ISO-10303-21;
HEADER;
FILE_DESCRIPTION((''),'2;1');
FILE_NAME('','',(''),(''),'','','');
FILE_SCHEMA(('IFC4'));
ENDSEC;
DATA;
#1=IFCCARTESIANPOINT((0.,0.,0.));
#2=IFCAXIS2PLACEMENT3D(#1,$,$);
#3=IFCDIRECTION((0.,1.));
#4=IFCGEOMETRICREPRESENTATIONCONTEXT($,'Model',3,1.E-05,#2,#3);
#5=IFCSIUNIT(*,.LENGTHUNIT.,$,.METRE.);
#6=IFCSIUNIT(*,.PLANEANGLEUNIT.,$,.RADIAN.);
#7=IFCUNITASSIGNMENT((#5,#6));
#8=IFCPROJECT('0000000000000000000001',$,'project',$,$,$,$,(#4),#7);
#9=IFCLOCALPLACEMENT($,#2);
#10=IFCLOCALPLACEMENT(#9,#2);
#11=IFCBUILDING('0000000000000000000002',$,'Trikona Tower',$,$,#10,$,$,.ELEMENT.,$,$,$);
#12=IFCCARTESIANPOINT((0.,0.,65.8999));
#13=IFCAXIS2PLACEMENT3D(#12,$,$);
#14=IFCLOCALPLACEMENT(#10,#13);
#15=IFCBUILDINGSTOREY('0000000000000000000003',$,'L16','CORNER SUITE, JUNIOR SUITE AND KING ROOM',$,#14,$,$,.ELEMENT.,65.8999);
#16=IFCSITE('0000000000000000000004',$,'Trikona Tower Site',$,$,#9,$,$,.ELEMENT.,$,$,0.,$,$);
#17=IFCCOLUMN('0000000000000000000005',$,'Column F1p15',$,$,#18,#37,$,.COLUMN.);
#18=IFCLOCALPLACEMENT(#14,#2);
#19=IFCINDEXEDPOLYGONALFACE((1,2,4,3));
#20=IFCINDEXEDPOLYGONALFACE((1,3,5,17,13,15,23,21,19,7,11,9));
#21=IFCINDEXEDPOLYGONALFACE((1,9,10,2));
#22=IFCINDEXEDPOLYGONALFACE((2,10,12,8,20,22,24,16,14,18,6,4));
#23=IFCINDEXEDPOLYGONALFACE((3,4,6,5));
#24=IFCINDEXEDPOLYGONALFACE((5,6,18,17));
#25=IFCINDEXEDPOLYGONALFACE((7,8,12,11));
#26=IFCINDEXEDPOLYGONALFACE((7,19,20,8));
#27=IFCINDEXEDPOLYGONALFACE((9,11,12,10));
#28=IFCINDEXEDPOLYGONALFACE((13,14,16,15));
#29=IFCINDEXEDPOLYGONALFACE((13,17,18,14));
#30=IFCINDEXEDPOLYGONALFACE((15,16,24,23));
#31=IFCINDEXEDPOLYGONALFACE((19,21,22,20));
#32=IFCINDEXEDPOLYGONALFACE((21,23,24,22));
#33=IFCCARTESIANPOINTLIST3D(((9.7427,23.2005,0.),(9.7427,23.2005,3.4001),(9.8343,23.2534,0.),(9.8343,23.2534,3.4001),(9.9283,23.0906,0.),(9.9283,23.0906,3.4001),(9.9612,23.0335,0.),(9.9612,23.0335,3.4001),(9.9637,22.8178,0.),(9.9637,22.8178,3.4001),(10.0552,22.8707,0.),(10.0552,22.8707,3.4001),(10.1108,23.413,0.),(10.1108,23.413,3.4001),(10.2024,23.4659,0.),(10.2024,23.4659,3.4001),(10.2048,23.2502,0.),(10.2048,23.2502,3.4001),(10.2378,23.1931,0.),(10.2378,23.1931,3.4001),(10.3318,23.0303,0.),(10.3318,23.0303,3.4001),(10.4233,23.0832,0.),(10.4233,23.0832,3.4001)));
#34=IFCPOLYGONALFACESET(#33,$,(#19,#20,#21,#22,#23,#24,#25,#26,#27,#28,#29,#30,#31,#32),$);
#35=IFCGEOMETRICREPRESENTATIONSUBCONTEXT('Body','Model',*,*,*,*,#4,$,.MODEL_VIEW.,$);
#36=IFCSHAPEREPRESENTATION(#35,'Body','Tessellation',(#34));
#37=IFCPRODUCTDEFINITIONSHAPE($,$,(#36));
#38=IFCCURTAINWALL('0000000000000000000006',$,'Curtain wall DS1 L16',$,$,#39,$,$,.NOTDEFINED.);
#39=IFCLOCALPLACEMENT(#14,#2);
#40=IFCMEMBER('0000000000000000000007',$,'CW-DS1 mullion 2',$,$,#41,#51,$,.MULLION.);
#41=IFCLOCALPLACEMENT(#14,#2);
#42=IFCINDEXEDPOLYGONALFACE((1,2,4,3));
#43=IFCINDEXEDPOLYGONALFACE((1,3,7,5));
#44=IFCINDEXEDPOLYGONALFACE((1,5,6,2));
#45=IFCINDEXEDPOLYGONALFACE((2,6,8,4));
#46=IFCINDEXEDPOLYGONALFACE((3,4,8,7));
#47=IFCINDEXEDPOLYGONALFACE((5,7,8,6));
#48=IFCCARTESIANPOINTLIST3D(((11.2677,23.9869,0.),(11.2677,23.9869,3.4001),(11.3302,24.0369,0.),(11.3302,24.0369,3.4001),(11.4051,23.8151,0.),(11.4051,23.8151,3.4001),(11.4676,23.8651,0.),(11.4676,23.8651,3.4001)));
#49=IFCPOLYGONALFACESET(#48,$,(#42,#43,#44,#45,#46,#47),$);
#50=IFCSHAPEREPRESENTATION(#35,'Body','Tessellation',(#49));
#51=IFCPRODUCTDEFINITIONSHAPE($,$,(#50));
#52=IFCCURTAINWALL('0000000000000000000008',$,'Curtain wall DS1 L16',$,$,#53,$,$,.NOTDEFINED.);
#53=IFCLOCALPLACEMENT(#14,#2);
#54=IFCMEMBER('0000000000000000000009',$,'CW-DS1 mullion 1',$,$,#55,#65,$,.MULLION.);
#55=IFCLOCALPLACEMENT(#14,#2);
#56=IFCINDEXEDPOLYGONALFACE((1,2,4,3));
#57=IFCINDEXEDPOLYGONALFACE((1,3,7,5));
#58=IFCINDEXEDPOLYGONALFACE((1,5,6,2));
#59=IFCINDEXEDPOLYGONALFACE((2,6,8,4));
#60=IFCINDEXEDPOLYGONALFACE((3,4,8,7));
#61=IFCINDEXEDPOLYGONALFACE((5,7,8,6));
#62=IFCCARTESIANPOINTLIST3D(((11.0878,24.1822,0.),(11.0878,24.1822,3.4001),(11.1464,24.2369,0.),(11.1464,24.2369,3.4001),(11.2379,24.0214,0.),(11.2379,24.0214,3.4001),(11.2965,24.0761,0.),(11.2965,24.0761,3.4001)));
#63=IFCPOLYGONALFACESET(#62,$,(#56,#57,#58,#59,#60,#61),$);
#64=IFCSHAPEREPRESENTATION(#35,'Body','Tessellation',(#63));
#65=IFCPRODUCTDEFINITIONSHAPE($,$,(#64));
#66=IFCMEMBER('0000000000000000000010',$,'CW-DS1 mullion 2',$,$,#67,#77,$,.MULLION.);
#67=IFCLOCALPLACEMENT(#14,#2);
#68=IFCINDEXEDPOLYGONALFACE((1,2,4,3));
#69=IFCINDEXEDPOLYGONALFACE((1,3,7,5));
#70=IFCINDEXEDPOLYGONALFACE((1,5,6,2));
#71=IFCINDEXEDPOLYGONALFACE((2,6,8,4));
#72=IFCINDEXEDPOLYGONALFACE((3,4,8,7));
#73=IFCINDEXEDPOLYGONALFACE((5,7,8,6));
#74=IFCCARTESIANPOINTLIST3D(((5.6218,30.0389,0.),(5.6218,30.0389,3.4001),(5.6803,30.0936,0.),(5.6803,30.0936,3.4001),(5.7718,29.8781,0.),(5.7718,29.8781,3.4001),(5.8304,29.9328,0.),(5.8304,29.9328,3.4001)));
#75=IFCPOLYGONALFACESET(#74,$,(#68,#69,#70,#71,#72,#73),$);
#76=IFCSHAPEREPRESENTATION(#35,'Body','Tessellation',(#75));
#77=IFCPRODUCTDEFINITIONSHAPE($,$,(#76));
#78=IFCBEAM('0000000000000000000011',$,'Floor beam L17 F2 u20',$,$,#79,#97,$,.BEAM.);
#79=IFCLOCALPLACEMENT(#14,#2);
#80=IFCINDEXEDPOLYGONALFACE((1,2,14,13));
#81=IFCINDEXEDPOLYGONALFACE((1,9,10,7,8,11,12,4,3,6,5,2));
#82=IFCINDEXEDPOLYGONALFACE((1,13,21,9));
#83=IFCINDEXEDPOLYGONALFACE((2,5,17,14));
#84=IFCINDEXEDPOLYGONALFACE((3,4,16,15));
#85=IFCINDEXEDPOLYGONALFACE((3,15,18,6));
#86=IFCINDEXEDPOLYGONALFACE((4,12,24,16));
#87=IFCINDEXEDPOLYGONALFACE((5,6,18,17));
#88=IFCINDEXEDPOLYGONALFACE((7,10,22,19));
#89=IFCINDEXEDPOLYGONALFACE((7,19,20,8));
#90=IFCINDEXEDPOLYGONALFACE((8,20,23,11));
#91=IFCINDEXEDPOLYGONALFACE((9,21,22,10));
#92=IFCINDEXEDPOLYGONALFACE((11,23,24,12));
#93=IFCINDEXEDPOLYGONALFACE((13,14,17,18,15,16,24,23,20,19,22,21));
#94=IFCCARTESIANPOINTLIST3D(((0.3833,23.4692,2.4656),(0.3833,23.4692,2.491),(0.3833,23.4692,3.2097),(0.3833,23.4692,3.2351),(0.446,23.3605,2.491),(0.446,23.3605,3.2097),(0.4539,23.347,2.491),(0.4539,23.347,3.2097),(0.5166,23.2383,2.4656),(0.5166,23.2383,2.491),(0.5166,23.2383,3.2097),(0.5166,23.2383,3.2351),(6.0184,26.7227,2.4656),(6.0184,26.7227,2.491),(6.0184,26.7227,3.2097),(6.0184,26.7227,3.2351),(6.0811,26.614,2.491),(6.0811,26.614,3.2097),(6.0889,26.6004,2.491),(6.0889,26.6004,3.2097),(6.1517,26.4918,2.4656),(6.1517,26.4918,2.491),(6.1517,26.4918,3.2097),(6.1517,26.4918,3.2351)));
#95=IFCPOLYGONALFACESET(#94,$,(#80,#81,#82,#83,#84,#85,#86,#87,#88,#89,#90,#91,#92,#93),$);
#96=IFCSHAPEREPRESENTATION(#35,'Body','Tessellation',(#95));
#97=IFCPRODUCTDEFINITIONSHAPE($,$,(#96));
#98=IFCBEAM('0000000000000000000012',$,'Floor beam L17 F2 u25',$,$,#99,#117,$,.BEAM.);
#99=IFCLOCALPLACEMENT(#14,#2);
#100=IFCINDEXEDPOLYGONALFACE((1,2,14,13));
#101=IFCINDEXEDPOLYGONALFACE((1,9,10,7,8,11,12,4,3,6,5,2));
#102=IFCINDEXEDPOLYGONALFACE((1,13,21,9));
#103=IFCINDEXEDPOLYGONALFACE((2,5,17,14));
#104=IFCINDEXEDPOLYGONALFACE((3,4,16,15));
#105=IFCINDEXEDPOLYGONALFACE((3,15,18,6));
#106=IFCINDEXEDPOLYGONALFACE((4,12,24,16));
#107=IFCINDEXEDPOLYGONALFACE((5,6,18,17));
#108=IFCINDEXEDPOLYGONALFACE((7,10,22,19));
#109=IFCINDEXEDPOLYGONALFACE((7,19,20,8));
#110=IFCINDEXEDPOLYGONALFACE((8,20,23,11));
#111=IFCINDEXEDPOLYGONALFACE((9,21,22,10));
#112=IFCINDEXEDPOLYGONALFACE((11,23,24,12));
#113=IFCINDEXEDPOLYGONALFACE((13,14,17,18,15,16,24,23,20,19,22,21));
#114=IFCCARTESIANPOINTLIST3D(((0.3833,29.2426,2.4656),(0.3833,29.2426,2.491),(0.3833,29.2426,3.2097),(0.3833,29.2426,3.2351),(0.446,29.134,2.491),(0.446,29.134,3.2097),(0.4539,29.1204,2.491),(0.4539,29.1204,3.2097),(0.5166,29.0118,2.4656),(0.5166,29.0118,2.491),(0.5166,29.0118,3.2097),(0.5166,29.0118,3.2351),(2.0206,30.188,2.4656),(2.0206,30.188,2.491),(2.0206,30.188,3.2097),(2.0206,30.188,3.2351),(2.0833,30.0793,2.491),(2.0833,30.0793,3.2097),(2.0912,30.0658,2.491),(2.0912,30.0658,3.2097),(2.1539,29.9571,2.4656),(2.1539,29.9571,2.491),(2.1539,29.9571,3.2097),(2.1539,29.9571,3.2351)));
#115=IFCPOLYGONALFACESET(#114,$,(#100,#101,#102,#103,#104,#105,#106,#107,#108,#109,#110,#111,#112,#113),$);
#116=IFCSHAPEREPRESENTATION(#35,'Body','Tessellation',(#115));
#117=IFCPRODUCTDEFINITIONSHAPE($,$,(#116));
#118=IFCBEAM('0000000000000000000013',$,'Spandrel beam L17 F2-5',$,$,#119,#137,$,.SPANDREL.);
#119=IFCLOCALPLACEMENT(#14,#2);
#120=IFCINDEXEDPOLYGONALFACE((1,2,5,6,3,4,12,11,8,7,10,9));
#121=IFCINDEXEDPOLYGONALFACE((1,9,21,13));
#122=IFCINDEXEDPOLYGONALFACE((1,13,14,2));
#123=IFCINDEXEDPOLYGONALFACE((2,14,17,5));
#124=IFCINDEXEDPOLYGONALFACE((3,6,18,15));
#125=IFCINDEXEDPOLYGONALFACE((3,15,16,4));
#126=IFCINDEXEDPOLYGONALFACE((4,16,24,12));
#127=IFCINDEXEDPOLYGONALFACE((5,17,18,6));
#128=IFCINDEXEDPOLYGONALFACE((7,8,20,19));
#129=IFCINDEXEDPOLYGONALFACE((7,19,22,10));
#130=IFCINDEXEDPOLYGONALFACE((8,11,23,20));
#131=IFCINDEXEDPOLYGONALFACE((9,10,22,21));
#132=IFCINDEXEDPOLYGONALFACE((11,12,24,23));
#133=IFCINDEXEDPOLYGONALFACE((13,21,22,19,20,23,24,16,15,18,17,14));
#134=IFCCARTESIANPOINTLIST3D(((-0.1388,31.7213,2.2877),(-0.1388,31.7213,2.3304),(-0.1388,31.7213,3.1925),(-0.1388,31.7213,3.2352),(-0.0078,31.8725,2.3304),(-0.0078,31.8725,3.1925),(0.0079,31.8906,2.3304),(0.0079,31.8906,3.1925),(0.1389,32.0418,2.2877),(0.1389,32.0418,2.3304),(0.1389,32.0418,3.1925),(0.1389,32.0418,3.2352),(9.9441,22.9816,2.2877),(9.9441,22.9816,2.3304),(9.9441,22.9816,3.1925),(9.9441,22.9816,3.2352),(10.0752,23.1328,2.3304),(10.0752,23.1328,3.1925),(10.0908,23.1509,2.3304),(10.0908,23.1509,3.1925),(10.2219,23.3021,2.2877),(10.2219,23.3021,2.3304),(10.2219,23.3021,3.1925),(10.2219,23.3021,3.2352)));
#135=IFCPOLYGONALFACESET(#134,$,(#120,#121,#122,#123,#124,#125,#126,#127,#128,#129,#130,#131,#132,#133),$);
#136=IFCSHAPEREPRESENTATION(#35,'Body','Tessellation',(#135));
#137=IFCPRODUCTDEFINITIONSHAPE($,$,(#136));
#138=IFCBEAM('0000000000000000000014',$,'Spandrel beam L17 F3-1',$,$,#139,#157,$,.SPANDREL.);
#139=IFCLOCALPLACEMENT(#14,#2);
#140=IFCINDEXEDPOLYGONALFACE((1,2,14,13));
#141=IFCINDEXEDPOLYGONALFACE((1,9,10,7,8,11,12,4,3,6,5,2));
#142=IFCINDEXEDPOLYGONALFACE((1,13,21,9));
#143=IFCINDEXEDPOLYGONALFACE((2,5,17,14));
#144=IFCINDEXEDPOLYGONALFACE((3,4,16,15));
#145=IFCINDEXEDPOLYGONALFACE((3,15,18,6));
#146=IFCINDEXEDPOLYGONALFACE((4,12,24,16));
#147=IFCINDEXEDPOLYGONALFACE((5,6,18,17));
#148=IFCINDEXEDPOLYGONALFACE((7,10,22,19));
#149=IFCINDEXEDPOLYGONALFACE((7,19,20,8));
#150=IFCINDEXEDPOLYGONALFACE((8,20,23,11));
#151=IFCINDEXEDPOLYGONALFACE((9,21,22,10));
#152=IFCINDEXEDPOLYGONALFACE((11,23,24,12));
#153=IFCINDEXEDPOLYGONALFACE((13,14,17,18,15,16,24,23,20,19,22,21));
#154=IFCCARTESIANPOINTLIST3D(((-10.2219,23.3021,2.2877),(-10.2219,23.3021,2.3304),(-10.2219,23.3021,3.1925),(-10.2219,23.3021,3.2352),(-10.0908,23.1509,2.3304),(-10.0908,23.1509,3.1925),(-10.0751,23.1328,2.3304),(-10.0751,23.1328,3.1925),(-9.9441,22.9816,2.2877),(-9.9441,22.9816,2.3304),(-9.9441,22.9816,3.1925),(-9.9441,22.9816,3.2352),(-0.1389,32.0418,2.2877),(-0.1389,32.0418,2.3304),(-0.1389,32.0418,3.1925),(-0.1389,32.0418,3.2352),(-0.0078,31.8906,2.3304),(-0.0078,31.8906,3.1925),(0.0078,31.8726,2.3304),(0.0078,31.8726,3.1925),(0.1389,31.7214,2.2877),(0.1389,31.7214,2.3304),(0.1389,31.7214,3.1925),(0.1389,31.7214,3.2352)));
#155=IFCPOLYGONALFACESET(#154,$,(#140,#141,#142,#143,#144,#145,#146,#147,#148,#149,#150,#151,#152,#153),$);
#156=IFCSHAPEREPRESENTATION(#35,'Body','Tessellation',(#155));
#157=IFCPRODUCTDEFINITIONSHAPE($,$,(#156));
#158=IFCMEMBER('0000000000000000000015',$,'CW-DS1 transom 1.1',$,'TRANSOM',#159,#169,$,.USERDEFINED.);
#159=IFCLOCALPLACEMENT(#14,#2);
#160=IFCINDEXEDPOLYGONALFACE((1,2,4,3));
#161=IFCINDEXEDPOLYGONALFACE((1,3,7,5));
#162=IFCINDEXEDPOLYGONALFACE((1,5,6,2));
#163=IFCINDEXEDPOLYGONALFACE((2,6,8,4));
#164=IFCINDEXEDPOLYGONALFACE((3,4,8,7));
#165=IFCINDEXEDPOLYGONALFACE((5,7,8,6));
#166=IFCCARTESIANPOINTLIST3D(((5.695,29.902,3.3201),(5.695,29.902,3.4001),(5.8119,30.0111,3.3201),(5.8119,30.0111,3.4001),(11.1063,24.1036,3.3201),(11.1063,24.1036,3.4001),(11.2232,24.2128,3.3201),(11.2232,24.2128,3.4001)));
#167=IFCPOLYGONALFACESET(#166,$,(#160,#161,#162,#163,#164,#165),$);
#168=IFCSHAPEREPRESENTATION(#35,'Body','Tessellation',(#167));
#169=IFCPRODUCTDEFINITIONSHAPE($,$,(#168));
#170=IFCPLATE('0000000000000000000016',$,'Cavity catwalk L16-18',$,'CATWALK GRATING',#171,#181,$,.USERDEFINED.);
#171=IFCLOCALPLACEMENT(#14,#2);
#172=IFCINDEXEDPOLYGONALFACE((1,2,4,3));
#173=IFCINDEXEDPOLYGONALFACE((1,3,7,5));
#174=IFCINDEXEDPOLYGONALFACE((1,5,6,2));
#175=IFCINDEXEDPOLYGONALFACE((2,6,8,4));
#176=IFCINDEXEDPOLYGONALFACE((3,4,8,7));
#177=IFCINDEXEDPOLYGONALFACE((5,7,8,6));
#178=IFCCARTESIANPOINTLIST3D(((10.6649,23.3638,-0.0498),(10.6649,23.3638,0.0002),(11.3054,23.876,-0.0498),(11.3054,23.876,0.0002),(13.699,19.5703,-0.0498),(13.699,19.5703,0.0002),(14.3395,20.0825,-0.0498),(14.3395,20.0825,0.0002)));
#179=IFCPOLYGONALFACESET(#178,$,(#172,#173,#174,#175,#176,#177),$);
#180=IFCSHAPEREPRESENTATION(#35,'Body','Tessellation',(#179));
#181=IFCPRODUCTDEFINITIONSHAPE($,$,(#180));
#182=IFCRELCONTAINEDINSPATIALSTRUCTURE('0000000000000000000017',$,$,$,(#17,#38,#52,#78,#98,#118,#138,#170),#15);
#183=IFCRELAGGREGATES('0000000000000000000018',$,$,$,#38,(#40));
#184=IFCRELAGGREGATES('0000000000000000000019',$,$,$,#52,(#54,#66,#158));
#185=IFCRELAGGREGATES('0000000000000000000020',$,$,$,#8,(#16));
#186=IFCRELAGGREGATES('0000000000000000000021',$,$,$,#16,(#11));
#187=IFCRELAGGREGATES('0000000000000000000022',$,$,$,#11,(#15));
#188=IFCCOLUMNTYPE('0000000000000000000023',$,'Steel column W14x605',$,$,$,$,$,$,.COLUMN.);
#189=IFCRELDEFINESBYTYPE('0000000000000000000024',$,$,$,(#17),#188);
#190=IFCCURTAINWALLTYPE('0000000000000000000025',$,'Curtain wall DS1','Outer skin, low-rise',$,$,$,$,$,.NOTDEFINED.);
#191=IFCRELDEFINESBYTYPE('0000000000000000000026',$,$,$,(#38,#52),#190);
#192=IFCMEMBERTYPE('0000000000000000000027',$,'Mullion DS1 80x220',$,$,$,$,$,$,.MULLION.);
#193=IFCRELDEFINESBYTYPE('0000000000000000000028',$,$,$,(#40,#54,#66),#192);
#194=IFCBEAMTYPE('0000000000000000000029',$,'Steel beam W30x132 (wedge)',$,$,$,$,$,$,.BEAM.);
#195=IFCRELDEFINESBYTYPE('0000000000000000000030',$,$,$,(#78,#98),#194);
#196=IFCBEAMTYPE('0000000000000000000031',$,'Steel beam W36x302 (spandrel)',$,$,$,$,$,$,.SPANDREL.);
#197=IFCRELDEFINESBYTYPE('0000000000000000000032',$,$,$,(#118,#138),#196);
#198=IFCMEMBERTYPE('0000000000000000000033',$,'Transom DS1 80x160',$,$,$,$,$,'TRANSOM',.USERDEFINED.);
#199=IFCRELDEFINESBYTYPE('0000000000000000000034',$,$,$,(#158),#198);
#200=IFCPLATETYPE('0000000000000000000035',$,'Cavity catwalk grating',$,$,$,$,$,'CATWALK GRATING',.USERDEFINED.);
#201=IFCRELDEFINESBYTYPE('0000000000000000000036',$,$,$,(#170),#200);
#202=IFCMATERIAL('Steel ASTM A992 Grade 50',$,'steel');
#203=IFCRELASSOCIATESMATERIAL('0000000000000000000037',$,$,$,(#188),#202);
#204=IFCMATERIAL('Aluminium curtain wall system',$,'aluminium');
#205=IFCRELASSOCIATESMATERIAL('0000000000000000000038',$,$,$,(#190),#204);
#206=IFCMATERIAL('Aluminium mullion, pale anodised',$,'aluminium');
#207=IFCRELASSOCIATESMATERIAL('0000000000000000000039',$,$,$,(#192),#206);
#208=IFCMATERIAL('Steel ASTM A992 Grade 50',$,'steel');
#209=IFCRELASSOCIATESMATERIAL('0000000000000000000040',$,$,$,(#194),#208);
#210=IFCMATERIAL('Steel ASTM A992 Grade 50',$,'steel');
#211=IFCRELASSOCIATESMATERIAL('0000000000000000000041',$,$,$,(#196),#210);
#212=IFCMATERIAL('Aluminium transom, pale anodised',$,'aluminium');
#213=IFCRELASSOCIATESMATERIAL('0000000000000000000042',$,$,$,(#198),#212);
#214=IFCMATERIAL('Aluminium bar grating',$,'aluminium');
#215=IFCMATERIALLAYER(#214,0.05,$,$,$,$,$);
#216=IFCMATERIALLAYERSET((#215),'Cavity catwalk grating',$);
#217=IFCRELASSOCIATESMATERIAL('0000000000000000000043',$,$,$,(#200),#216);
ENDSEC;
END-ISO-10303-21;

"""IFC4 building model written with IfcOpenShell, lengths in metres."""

from ifc_helpers import new_model, si_unit, direction, frame, origin, origin_2d, place, context, subcontext, project, spatial, rectangle, i_section, extrude, material, layer, layer_set, material_profile, profile_set, type_object, element, aggregate, save


model = new_model("IFC4")

# Units and contexts
model_context = context("Model", 3, precision=1e-05, world=origin(), true_north=direction((0.0, 1.0)))
body_context = subcontext(model_context, "Body", "Model", "MODEL_VIEW")
ifc_project = project(units=[si_unit("LENGTHUNIT", "METRE"), si_unit("PLANEANGLEUNIT", "RADIAN")], contexts=[model_context])

# Site, building, storey
site_placement = place(None, origin())
site = spatial("IfcSite", under=ifc_project, at=site_placement, Name="Trikona Tower Site", CompositionType="ELEMENT", RefElevation=0.0)
building_placement = place(site_placement, origin())
building = spatial("IfcBuilding", under=site, at=building_placement, Name="Trikona Tower", CompositionType="ELEMENT")
storey_placement = place(building_placement, frame((0.0, 0.0, 65.8999)))
storey = spatial("IfcBuildingStorey", under=building, at=storey_placement, Name="L16", Description="CORNER SUITE, JUNIOR SUITE AND KING ROOM", CompositionType="ELEMENT", Elevation=65.8999)

# Column
ifc_material_1 = material(Name="Steel ASTM A992 Grade 50", Category="steel")
ifc_material_profile_1 = material_profile(ifc_material_1, i_section(OverallWidth=0.4419, OverallDepth=0.5308, WebThickness=0.0659, FlangeThickness=0.1057, at=origin_2d()), Name="W14X605")
ifc_profile_set_1 = profile_set([ifc_material_profile_1], Name="Steel ASTM A992 Grade 50")
column_type = type_object("IfcColumnType", Name="Steel column W14x605", PredefinedType="COLUMN", material=ifc_profile_set_1)
column_placement = place(storey_placement, frame((10.083, 23.1418, 0.0), z_axis=(0.0, 0.0, 1.0), x_axis=(-0.5, 0.866025, 0.0)))
element("IfcColumn", 1, at=column_placement, inside=storey, type_object=column_type, Name="Column F1p15", PredefinedType="COLUMN", context=body_context, shape_type="SweptSolid", body=[
    extrude(i_section(OverallWidth=0.4419, OverallDepth=0.5308, WebThickness=0.0659, FlangeThickness=0.1057, at=origin_2d()), origin(), (0.0, 0.0, 1.0), 3.4001),
])

# Curtain wall, member
ifc_material_2 = material(Name="Aluminium curtain wall system", Category="aluminium")
curtain_wall_type = type_object("IfcCurtainWallType", Name="Curtain wall DS1", Description="Outer skin, low-rise", PredefinedType="NOTDEFINED", material=ifc_material_2)
curtain_wall_1_placement = place(storey_placement, origin())
curtain_wall_1 = element("IfcCurtainWall", 2, at=curtain_wall_1_placement, inside=storey, type_object=curtain_wall_type, Name="Curtain wall DS1 L16", PredefinedType="NOTDEFINED")
ifc_material_3 = material(Name="Aluminium mullion, pale anodised", Category="aluminium")
ifc_material_profile_2 = material_profile(ifc_material_3, rectangle(XDim=0.0801, YDim=0.22, at=origin_2d()), Name="MUL-DS1")
ifc_profile_set_2 = profile_set([ifc_material_profile_2], Name="Aluminium mullion, pale anodised")
member_type_1 = type_object("IfcMemberType", Name="Mullion DS1 80x220", PredefinedType="MULLION", material=ifc_profile_set_2)
member_1_placement = place(storey_placement, frame((11.3677, 23.926, 0.0), z_axis=(0.0, 0.0, 1.0), x_axis=(-0.780938, -0.624609, 0.0)))
member_1 = element("IfcMember", 3, at=member_1_placement, type_object=member_type_1, Name="CW-DS1 mullion 2", PredefinedType="MULLION", context=body_context, shape_type="SweptSolid", body=[
    extrude(rectangle(XDim=0.0801, YDim=0.22, at=origin_2d()), origin(), (0.0, 0.0, 1.0), 3.4001),
])

# Curtain wall, members
curtain_wall_2_placement = place(storey_placement, origin())
curtain_wall_2 = element("IfcCurtainWall", 4, at=curtain_wall_2_placement, inside=storey, type_object=curtain_wall_type, Name="Curtain wall DS1 L16", PredefinedType="NOTDEFINED")
member_2_placement = place(storey_placement, frame((11.1921, 24.1292, 0.0), z_axis=(0.0, 0.0, 1.0), x_axis=(-0.731077, -0.682295, 0.0)))
member_2 = element("IfcMember", 5, at=member_2_placement, type_object=member_type_1, Name="CW-DS1 mullion 1", PredefinedType="MULLION", context=body_context, shape_type="SweptSolid", body=[
    extrude(rectangle(XDim=0.0801, YDim=0.22, at=origin_2d()), origin(), (0.0, 0.0, 1.0), 3.4001),
])
member_3_placement = place(storey_placement, frame((5.7261, 29.9858, 0.0), z_axis=(0.0, 0.0, 1.0), x_axis=(-0.731077, -0.682295, 0.0)))
member_3 = element("IfcMember", 6, at=member_3_placement, type_object=member_type_1, Name="CW-DS1 mullion 2", PredefinedType="MULLION", context=body_context, shape_type="SweptSolid", body=[
    extrude(rectangle(XDim=0.0801, YDim=0.22, at=origin_2d()), origin(), (0.0, 0.0, 1.0), 3.4001),
])

# Beams
ifc_material_4 = material(Name="Steel ASTM A992 Grade 50", Category="steel")
ifc_material_profile_3 = material_profile(ifc_material_4, i_section(OverallWidth=0.2666, OverallDepth=0.7695, WebThickness=0.0156, FlangeThickness=0.0254, at=origin_2d()), Name="W30X132")
ifc_profile_set_3 = profile_set([ifc_material_profile_3], Name="Steel ASTM A992 Grade 50")
beam_type_1 = type_object("IfcBeamType", Name="Steel beam W30x132 (wedge)", PredefinedType="BEAM", material=ifc_profile_set_3)
beam_1_placement = place(storey_placement, frame((0.45, 23.3538, 2.8503), z_axis=(0.866023, 0.500005, 0.0), x_axis=(-0.500005, 0.866023, 0.0)))
element("IfcBeam", 7, at=beam_1_placement, inside=storey, type_object=beam_type_1, Name="Floor beam L17 F2 u20", PredefinedType="BEAM", context=body_context, shape_type="SweptSolid", body=[
    extrude(i_section(OverallWidth=0.2666, OverallDepth=0.7695, WebThickness=0.0156, FlangeThickness=0.0254, at=origin_2d()), origin(), (0.0, 0.0, 1.0), 6.5068),
])
beam_2_placement = place(storey_placement, frame((0.45, 29.1272, 2.8503), z_axis=(0.866009, 0.500028, 0.0), x_axis=(-0.500028, 0.866009, 0.0)))
element("IfcBeam", 8, at=beam_2_placement, inside=storey, type_object=beam_type_1, Name="Floor beam L17 F2 u25", PredefinedType="BEAM", context=body_context, shape_type="SweptSolid", body=[
    extrude(i_section(OverallWidth=0.2666, OverallDepth=0.7695, WebThickness=0.0156, FlangeThickness=0.0254, at=origin_2d()), origin(), (0.0, 0.0, 1.0), 1.8906),
])
ifc_material_5 = material(Name="Steel ASTM A992 Grade 50", Category="steel")
ifc_material_profile_4 = material_profile(ifc_material_5, i_section(OverallWidth=0.4241, OverallDepth=0.9475, WebThickness=0.0239, FlangeThickness=0.0427, at=origin_2d()), Name="W36X302")
ifc_profile_set_4 = profile_set([ifc_material_profile_4], Name="Steel ASTM A992 Grade 50")
beam_type_2 = type_object("IfcBeamType", Name="Steel beam W36x302 (spandrel)", PredefinedType="SPANDREL", material=ifc_profile_set_4)
for number, where, z_axis, x_axis, name in (
    (9, (10.083, 23.1418, 2.7615), (-0.755647, 0.654979, 0.0), (-0.654979, -0.755647, 0.0), "Spandrel beam L17 F2-5"),
    (10, (0.0, 31.8816, 2.7615), (-0.755647, -0.654979, 0.0), (0.654979, -0.755647, 0.0), "Spandrel beam L17 F3-1"),
):
    element("IfcBeam", number, at=place(storey_placement, frame(where, z_axis=z_axis, x_axis=x_axis)), inside=storey, type_object=beam_type_2, Name=name, PredefinedType="SPANDREL", context=body_context, shape_type="SweptSolid", body=[
        extrude(i_section(OverallWidth=0.4241, OverallDepth=0.9475, WebThickness=0.0239, FlangeThickness=0.0427, at=origin_2d()), origin(), (0.0, 0.0, 1.0), 13.3435),
    ])

# Member
ifc_material_6 = material(Name="Aluminium transom, pale anodised", Category="aluminium")
ifc_material_profile_5 = material_profile(ifc_material_6, rectangle(XDim=0.1599, YDim=0.0801, at=origin_2d()), Name="TRN-DS1")
ifc_profile_set_5 = profile_set([ifc_material_profile_5], Name="Aluminium transom, pale anodised")
member_type_2 = type_object("IfcMemberType", Name="Transom DS1 80x160", ElementType="TRANSOM", PredefinedType="USERDEFINED", material=ifc_profile_set_5)
member_4_placement = place(storey_placement, frame((11.1648, 24.1582, 3.3601), z_axis=(-0.682291, 0.731081, 0.0), x_axis=(-0.731081, -0.682291, 0.0)))
member_4 = element("IfcMember", 11, at=member_4_placement, type_object=member_type_2, Name="CW-DS1 transom 1.1", ObjectType="TRANSOM", PredefinedType="USERDEFINED", context=body_context, shape_type="SweptSolid", body=[
    extrude(rectangle(XDim=0.1599, YDim=0.0801, at=origin_2d()), origin(), (0.0, 0.0, 1.0), 7.9312),
])

# Plate
ifc_material_7 = material(Name="Aluminium bar grating", Category="aluminium")
ifc_layer_1 = layer(ifc_material_7, 0.05)
ifc_layer_set_1 = layer_set([ifc_layer_1], Name="Cavity catwalk grating")
plate_type_1 = type_object("IfcPlateType", Name="Cavity catwalk grating", ElementType="CATWALK GRATING", PredefinedType="USERDEFINED", material=ifc_layer_set_1)
plate_1_placement = place(storey_placement, frame((12.5022, 21.7231, -0.0498), z_axis=(0.0, 0.0, 1.0), x_axis=(-0.624604, 0.780942, 0.0)))
element("IfcPlate", 12, at=plate_1_placement, inside=storey, type_object=plate_type_1, Name="Cavity catwalk L16-18", ObjectType="CATWALK GRATING", PredefinedType="USERDEFINED", context=body_context, shape_type="SweptSolid", body=[
    extrude(rectangle(XDim=4.8577, YDim=0.8201, at=origin_2d()), origin(), (0.0, 0.0, 1.0), 0.05),
])

aggregate(curtain_wall_1, [member_1])
aggregate(curtain_wall_2, [member_2, member_3, member_4])

save(model, "model.ifc")
